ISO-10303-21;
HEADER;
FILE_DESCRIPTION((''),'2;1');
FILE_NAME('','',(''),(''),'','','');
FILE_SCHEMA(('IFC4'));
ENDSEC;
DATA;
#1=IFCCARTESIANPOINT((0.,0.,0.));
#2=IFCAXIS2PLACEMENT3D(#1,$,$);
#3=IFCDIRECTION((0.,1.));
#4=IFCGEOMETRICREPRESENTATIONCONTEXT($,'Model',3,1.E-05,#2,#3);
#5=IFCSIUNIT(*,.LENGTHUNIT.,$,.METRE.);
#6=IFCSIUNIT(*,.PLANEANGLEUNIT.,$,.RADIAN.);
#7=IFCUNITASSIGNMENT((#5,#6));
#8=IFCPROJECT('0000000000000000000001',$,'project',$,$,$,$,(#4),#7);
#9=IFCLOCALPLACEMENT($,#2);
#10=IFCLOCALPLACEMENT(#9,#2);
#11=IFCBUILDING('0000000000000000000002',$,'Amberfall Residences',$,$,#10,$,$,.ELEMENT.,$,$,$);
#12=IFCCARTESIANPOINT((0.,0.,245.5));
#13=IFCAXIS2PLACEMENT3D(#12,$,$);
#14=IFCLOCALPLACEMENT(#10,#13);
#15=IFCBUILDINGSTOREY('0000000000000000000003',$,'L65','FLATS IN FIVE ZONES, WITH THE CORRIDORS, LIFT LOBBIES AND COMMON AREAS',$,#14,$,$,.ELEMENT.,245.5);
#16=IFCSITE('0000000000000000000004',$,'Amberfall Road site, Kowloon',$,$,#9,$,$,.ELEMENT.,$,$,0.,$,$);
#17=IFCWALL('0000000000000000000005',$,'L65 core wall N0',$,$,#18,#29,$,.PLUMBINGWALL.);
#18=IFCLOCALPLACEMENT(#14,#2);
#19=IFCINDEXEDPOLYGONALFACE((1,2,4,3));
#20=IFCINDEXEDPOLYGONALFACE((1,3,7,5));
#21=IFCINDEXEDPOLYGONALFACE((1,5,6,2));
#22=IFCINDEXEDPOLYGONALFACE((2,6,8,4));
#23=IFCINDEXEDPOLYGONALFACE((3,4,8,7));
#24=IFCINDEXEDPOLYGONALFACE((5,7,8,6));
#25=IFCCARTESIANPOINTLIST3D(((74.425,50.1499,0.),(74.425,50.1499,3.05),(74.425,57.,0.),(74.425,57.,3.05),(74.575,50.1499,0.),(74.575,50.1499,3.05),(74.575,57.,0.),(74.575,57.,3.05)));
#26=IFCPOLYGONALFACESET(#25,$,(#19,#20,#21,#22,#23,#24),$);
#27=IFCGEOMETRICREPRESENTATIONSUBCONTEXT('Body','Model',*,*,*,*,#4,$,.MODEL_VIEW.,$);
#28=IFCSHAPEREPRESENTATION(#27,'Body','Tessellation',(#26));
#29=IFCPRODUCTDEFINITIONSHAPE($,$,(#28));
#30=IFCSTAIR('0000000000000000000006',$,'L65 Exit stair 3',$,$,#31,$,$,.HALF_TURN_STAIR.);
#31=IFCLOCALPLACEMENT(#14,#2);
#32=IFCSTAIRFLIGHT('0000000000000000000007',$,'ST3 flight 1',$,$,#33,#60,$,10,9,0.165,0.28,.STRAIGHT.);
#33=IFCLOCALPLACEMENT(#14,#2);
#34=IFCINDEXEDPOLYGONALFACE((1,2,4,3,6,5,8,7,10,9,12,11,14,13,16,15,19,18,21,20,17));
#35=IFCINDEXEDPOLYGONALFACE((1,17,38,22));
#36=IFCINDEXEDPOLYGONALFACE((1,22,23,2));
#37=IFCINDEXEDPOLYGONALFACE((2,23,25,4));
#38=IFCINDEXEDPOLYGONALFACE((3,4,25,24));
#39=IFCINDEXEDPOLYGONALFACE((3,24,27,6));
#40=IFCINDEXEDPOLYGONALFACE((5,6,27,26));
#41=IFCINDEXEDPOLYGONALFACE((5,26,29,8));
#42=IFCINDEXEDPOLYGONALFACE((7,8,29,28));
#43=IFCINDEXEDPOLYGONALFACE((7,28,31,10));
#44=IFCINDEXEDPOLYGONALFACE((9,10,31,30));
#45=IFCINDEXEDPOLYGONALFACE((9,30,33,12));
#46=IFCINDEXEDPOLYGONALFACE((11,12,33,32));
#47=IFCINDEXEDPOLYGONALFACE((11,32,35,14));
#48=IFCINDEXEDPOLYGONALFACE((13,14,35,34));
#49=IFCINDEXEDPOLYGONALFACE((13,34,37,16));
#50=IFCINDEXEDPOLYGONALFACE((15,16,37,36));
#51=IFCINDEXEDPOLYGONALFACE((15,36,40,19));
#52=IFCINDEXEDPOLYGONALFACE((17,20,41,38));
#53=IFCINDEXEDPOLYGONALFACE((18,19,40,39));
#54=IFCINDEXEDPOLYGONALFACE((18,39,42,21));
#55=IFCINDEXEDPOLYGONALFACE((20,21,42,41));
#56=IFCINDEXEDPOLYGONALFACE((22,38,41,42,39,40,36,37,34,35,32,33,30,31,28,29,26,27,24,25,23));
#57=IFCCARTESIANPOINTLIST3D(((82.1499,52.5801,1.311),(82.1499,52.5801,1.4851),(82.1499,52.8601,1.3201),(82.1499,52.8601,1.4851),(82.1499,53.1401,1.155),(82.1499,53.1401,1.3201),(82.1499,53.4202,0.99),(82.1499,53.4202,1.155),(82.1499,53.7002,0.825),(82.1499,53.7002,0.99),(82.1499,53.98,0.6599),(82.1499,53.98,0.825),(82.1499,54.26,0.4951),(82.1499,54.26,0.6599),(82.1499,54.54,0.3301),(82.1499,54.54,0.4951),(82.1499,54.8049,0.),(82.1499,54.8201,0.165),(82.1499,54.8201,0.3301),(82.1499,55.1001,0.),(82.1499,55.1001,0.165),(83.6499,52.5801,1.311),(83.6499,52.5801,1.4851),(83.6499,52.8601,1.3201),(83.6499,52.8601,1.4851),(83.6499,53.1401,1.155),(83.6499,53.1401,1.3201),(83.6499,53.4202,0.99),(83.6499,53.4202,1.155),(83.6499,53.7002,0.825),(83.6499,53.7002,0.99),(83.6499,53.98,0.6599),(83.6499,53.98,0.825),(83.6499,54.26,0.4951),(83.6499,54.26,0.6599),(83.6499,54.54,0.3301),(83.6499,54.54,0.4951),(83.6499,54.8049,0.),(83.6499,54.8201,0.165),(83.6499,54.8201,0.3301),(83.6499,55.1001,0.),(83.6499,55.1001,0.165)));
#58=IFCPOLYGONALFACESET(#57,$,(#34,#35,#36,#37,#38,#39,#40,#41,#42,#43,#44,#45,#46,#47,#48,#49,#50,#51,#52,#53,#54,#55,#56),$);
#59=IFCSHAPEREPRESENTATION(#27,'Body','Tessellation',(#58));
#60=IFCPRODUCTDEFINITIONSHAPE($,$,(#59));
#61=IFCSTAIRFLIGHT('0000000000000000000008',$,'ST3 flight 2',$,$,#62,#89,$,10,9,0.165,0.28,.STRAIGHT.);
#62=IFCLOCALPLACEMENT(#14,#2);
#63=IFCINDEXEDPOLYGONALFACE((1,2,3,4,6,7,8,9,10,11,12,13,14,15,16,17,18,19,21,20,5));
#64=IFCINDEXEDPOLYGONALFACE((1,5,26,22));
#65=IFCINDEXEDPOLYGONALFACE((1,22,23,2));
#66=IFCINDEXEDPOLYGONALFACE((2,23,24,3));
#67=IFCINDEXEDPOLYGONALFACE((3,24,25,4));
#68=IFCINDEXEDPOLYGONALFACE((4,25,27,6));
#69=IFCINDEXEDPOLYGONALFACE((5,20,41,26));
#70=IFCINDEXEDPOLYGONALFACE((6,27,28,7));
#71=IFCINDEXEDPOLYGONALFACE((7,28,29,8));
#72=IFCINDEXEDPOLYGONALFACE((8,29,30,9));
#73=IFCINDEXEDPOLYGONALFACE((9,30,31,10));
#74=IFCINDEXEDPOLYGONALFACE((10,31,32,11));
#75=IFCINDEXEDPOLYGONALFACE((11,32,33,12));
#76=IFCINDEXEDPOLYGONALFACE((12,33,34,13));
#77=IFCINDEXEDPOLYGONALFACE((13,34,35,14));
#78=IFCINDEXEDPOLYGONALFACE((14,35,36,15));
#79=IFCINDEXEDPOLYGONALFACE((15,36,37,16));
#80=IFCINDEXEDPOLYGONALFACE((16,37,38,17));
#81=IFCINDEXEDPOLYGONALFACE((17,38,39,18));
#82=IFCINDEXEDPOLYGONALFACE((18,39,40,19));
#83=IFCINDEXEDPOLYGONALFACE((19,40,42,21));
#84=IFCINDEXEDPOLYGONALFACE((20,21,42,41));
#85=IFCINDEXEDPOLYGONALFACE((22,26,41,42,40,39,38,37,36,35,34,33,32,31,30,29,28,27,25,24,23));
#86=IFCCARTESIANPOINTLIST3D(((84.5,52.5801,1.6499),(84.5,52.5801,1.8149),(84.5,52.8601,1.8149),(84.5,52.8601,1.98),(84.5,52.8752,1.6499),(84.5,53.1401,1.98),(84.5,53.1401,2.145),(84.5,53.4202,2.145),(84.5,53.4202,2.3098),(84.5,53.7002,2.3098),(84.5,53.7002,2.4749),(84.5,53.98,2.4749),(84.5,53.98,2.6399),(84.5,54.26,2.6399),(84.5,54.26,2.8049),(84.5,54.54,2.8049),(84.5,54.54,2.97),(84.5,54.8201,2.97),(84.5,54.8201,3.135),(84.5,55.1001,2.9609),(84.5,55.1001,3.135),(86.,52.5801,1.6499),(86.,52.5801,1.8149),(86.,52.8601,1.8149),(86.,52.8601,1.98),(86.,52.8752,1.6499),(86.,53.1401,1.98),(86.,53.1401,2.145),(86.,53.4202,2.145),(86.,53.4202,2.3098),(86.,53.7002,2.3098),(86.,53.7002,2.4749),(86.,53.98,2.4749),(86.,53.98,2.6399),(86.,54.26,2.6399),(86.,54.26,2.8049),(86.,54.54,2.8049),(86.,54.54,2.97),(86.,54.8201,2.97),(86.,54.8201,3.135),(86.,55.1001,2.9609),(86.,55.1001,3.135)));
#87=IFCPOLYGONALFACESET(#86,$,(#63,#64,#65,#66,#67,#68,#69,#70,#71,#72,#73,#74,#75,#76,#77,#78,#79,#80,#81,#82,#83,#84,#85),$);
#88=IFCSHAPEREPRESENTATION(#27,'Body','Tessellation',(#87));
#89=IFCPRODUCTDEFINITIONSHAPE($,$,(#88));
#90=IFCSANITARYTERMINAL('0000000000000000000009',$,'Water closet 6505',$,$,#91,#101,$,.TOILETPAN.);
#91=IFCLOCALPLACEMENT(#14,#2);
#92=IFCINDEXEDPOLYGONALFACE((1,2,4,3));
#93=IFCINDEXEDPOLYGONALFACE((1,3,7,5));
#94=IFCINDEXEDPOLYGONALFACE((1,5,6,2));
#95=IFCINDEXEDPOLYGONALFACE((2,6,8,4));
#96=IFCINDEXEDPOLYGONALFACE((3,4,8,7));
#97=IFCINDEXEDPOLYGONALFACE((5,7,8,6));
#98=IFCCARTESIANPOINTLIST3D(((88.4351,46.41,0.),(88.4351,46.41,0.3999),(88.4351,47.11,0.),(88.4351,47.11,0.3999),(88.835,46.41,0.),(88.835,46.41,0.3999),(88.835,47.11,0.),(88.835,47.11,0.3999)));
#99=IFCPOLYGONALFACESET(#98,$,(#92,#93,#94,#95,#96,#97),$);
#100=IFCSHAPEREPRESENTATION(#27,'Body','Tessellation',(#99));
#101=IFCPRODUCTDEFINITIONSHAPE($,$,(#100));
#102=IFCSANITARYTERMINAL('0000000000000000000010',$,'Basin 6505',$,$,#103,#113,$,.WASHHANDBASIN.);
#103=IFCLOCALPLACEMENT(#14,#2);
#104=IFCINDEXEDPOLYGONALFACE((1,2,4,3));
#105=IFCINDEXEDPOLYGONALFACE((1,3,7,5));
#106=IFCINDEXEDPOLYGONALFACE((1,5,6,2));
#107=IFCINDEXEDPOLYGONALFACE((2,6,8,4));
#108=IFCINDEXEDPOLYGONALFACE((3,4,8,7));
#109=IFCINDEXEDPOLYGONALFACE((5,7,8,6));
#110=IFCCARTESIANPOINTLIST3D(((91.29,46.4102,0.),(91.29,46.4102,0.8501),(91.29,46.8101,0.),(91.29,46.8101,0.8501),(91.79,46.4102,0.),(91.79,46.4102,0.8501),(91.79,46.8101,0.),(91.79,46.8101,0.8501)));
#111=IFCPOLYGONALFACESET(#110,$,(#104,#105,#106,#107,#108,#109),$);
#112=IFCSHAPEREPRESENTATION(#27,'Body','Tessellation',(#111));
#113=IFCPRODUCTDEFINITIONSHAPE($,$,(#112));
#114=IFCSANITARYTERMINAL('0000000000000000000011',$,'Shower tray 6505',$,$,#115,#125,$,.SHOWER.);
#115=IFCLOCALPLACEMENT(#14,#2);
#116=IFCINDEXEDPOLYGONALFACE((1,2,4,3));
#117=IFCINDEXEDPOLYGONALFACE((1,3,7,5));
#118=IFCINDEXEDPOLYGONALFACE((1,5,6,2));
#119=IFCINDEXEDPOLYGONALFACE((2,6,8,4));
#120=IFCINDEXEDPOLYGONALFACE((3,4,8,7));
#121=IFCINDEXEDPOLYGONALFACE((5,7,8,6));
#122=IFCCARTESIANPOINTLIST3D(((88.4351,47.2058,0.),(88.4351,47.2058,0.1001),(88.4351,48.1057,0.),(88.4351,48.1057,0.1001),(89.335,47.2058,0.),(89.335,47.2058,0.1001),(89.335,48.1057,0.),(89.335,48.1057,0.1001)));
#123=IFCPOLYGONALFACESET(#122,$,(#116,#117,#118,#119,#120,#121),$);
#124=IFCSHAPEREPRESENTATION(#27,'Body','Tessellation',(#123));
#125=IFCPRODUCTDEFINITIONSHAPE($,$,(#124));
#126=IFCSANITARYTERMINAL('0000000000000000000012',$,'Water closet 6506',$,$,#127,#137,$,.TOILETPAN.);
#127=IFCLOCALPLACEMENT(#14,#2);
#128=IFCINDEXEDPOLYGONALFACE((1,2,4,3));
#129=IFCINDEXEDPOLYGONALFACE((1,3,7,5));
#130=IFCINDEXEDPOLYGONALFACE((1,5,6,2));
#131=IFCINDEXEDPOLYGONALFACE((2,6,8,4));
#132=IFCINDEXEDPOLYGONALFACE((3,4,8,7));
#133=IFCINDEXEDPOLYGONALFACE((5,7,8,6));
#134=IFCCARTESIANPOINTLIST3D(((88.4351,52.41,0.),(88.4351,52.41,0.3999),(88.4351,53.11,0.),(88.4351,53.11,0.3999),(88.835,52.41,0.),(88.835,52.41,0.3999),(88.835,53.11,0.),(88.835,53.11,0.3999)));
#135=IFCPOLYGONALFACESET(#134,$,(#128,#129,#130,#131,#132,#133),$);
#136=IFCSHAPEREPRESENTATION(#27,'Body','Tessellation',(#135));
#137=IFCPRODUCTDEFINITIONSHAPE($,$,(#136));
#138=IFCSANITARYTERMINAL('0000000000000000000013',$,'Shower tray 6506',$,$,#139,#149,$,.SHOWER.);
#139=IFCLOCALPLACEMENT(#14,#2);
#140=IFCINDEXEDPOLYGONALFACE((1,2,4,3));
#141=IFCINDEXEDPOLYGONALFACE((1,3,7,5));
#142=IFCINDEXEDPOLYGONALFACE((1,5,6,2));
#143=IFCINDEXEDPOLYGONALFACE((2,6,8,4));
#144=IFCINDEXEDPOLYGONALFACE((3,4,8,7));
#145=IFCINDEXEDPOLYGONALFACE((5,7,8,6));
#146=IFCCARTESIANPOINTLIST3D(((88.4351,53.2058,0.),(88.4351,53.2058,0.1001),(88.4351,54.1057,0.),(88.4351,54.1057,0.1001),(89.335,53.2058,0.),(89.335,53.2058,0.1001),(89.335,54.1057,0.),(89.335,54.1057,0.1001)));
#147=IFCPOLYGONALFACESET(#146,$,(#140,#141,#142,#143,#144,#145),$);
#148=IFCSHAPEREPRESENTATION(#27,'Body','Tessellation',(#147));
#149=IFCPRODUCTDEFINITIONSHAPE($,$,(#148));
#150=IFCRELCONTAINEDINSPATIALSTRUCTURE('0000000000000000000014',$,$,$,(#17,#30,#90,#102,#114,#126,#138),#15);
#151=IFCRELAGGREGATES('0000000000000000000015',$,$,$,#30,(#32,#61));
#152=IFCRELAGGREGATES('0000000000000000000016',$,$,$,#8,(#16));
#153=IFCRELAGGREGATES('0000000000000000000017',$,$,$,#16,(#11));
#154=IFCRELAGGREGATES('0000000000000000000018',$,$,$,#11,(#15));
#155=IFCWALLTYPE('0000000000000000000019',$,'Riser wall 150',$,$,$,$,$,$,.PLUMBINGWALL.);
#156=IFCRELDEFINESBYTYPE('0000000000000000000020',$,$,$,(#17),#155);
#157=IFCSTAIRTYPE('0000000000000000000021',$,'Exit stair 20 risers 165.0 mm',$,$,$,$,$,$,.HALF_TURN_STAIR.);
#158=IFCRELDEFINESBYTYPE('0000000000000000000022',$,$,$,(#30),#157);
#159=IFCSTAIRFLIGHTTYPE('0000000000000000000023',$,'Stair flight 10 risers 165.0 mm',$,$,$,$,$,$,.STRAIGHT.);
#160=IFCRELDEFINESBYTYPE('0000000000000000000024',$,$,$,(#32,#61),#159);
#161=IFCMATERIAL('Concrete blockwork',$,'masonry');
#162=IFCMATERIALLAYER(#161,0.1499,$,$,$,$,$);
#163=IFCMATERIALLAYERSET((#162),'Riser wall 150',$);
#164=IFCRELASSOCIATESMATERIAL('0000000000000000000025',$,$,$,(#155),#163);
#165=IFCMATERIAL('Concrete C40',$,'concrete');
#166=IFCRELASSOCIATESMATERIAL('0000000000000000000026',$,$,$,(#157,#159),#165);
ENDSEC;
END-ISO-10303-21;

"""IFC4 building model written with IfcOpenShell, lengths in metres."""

from ifc_helpers import new_model, si_unit, direction, frame, frame_2d, origin, origin_2d, place, context, subcontext, project, spatial, polyline, rectangle, outline, extrude, material, layer, layer_set, type_object, element, aggregate, save


model = new_model("IFC4")

# Units and contexts
model_context = context("Model", 3, precision=1e-05, world=origin(), true_north=direction((0.0, 1.0)))
body_context = subcontext(model_context, "Body", "Model", "MODEL_VIEW")
ifc_project = project(units=[si_unit("LENGTHUNIT", "METRE"), si_unit("PLANEANGLEUNIT", "RADIAN")], contexts=[model_context])

# Site, building, storey
site_placement = place(None, origin())
site = spatial("IfcSite", under=ifc_project, at=site_placement, Name="Amberfall Road site, Kowloon", CompositionType="ELEMENT", RefElevation=0.0)
building_placement = place(site_placement, origin())
building = spatial("IfcBuilding", under=site, at=building_placement, Name="Amberfall Residences", CompositionType="ELEMENT")
storey_placement = place(building_placement, frame((0.0, 0.0, 245.5)))
storey = spatial("IfcBuildingStorey", under=building, at=storey_placement, Name="L65", Description="FLATS IN FIVE ZONES, WITH THE CORRIDORS, LIFT LOBBIES AND COMMON AREAS", CompositionType="ELEMENT", Elevation=245.5)

# Wall
ifc_material_1 = material(Name="Concrete blockwork", Category="masonry")
ifc_layer_1 = layer(ifc_material_1, 0.1499)
ifc_layer_set_1 = layer_set([ifc_layer_1], Name="Riser wall 150")
wall_type_1 = type_object("IfcWallType", Name="Riser wall 150", PredefinedType="PLUMBINGWALL", material=ifc_layer_set_1)
wall_1_placement = place(storey_placement, frame((74.5, 50.1499, 0.0), z_axis=(0.0, 0.0, 1.0), x_axis=(0.0, 1.0, 0.0)))
element("IfcWall", 1, at=wall_1_placement, inside=storey, type_object=wall_type_1, Name="L65 core wall N0", PredefinedType="PLUMBINGWALL", context=body_context, shape_type="SweptSolid", body=[
    extrude(rectangle(XDim=6.8501, YDim=0.1499, at=frame_2d((3.425, 0.0))), origin(), (0.0, 0.0, 1.0), 3.05),
])

# Stair, stair flights
ifc_material_2 = material(Name="Concrete C40", Category="concrete")
stair_type = type_object("IfcStairType", Name="Exit stair 20 risers 165.0 mm", PredefinedType="HALF_TURN_STAIR", material=ifc_material_2)
stair_placement = place(storey_placement, origin())
stair = element("IfcStair", 2, at=stair_placement, inside=storey, type_object=stair_type, Name="L65 Exit stair 3", PredefinedType="HALF_TURN_STAIR")
stair_flight_type = type_object("IfcStairFlightType", Name="Stair flight 10 risers 165.0 mm", PredefinedType="STRAIGHT", material=ifc_material_2)
stair_flight_1_placement = place(storey_placement, frame((82.8999, 55.1001, 0.0), z_axis=(0.0, 0.0, 1.0), x_axis=(0.0, -1.0, 0.0)))
stair_flight_1 = element("IfcStairFlight", 3, at=stair_flight_1_placement, type_object=stair_flight_type, Name="ST3 flight 1", NumberOfRisers=10, NumberOfTreads=9, PredefinedType="STRAIGHT", RiserHeight=0.165, TreadLength=0.28, context=body_context, shape_type="SweptSolid", body=[
    extrude(outline(polyline([(0.0, 0.0), (0.0, 0.165), (0.28, 0.165), (0.28, 0.3301), (0.5601, 0.3301), (0.5601, 0.4951), (0.8401, 0.4951), (0.8401, 0.6599), (1.1201, 0.6599), (1.1201, 0.825), (1.3999, 0.825), (1.3999, 0.99), (1.6799, 0.99), (1.6799, 1.155), (1.96, 1.155), (1.96, 1.3201), (2.24, 1.3201), (2.24, 1.4851), (2.52, 1.4851), (2.52, 1.6499), (2.52, 1.311), (0.2952, 0.0), (0.0, 0.0)])), frame((0.0, 0.75, 0.0), z_axis=(0.0, -1.0, 0.0), x_axis=(1.0, 0.0, 0.0)), (0.0, 0.0, 1.0), 1.5),
])
stair_flight_2_placement = place(storey_placement, frame((85.25, 52.5801, 1.6499), z_axis=(0.0, 0.0, 1.0), x_axis=(0.0, 1.0, 0.0)))
stair_flight_2 = element("IfcStairFlight", 4, at=stair_flight_2_placement, type_object=stair_flight_type, Name="ST3 flight 2", NumberOfRisers=10, NumberOfTreads=9, PredefinedType="STRAIGHT", RiserHeight=0.165, TreadLength=0.28, context=body_context, shape_type="SweptSolid", body=[
    extrude(outline(polyline([(0.0, 0.0), (0.0, 0.165), (0.28, 0.165), (0.28, 0.3301), (0.5601, 0.3301), (0.5601, 0.4951), (0.8401, 0.4951), (0.8401, 0.6599), (1.1201, 0.6599), (1.1201, 0.825), (1.3999, 0.825), (1.3999, 0.99), (1.6799, 0.99), (1.6799, 1.155), (1.96, 1.155), (1.96, 1.3201), (2.24, 1.3201), (2.24, 1.4851), (2.52, 1.4851), (2.52, 1.6499), (2.52, 1.311), (0.2952, 0.0), (0.0, 0.0)])), frame((0.0, 0.75, 0.0), z_axis=(0.0, -1.0, 0.0), x_axis=(1.0, 0.0, 0.0)), (0.0, 0.0, 1.0), 1.5),
])
aggregate(stair, [stair_flight_1, stair_flight_2])

# Sanitary terminals
sanitary_terminal_1_placement = place(storey_placement, frame((88.635, 46.76, 0.0), z_axis=(0.0, 0.0, 1.0), x_axis=(1.0, 0.0, 0.0)))
element("IfcSanitaryTerminal", 5, at=sanitary_terminal_1_placement, inside=storey, Name="Water closet 6505", PredefinedType="TOILETPAN", context=body_context, shape_type="SweptSolid", body=[
    extrude(rectangle(XDim=0.3999, YDim=0.7, at=origin_2d()), origin(), (0.0, 0.0, 1.0), 0.3999),
])
sanitary_terminal_2_placement = place(storey_placement, frame((91.54, 46.6101, 0.0), z_axis=(0.0, 0.0, 1.0), x_axis=(1.0, 0.0, 0.0)))
element("IfcSanitaryTerminal", 6, at=sanitary_terminal_2_placement, inside=storey, Name="Basin 6505", PredefinedType="WASHHANDBASIN", context=body_context, shape_type="SweptSolid", body=[
    extrude(rectangle(XDim=0.5, YDim=0.3999, at=origin_2d()), origin(), (0.0, 0.0, 1.0), 0.8501),
])
sanitary_terminal_3_placement = place(storey_placement, frame((88.885, 47.6558, 0.0), z_axis=(0.0, 0.0, 1.0), x_axis=(1.0, 0.0, 0.0)))
element("IfcSanitaryTerminal", 7, at=sanitary_terminal_3_placement, inside=storey, Name="Shower tray 6505", PredefinedType="SHOWER", context=body_context, shape_type="SweptSolid", body=[
    extrude(rectangle(XDim=0.8999, YDim=0.8999, at=origin_2d()), origin(), (0.0, 0.0, 1.0), 0.1001),
])
sanitary_terminal_4_placement = place(storey_placement, frame((88.635, 52.76, 0.0), z_axis=(0.0, 0.0, 1.0), x_axis=(1.0, 0.0, 0.0)))
element("IfcSanitaryTerminal", 8, at=sanitary_terminal_4_placement, inside=storey, Name="Water closet 6506", PredefinedType="TOILETPAN", context=body_context, shape_type="SweptSolid", body=[
    extrude(rectangle(XDim=0.3999, YDim=0.7, at=origin_2d()), origin(), (0.0, 0.0, 1.0), 0.3999),
])
sanitary_terminal_5_placement = place(storey_placement, frame((88.885, 53.6558, 0.0), z_axis=(0.0, 0.0, 1.0), x_axis=(1.0, 0.0, 0.0)))
element("IfcSanitaryTerminal", 9, at=sanitary_terminal_5_placement, inside=storey, Name="Shower tray 6506", PredefinedType="SHOWER", context=body_context, shape_type="SweptSolid", body=[
    extrude(rectangle(XDim=0.8999, YDim=0.8999, at=origin_2d()), origin(), (0.0, 0.0, 1.0), 0.1001),
])

save(model, "model.ifc")
